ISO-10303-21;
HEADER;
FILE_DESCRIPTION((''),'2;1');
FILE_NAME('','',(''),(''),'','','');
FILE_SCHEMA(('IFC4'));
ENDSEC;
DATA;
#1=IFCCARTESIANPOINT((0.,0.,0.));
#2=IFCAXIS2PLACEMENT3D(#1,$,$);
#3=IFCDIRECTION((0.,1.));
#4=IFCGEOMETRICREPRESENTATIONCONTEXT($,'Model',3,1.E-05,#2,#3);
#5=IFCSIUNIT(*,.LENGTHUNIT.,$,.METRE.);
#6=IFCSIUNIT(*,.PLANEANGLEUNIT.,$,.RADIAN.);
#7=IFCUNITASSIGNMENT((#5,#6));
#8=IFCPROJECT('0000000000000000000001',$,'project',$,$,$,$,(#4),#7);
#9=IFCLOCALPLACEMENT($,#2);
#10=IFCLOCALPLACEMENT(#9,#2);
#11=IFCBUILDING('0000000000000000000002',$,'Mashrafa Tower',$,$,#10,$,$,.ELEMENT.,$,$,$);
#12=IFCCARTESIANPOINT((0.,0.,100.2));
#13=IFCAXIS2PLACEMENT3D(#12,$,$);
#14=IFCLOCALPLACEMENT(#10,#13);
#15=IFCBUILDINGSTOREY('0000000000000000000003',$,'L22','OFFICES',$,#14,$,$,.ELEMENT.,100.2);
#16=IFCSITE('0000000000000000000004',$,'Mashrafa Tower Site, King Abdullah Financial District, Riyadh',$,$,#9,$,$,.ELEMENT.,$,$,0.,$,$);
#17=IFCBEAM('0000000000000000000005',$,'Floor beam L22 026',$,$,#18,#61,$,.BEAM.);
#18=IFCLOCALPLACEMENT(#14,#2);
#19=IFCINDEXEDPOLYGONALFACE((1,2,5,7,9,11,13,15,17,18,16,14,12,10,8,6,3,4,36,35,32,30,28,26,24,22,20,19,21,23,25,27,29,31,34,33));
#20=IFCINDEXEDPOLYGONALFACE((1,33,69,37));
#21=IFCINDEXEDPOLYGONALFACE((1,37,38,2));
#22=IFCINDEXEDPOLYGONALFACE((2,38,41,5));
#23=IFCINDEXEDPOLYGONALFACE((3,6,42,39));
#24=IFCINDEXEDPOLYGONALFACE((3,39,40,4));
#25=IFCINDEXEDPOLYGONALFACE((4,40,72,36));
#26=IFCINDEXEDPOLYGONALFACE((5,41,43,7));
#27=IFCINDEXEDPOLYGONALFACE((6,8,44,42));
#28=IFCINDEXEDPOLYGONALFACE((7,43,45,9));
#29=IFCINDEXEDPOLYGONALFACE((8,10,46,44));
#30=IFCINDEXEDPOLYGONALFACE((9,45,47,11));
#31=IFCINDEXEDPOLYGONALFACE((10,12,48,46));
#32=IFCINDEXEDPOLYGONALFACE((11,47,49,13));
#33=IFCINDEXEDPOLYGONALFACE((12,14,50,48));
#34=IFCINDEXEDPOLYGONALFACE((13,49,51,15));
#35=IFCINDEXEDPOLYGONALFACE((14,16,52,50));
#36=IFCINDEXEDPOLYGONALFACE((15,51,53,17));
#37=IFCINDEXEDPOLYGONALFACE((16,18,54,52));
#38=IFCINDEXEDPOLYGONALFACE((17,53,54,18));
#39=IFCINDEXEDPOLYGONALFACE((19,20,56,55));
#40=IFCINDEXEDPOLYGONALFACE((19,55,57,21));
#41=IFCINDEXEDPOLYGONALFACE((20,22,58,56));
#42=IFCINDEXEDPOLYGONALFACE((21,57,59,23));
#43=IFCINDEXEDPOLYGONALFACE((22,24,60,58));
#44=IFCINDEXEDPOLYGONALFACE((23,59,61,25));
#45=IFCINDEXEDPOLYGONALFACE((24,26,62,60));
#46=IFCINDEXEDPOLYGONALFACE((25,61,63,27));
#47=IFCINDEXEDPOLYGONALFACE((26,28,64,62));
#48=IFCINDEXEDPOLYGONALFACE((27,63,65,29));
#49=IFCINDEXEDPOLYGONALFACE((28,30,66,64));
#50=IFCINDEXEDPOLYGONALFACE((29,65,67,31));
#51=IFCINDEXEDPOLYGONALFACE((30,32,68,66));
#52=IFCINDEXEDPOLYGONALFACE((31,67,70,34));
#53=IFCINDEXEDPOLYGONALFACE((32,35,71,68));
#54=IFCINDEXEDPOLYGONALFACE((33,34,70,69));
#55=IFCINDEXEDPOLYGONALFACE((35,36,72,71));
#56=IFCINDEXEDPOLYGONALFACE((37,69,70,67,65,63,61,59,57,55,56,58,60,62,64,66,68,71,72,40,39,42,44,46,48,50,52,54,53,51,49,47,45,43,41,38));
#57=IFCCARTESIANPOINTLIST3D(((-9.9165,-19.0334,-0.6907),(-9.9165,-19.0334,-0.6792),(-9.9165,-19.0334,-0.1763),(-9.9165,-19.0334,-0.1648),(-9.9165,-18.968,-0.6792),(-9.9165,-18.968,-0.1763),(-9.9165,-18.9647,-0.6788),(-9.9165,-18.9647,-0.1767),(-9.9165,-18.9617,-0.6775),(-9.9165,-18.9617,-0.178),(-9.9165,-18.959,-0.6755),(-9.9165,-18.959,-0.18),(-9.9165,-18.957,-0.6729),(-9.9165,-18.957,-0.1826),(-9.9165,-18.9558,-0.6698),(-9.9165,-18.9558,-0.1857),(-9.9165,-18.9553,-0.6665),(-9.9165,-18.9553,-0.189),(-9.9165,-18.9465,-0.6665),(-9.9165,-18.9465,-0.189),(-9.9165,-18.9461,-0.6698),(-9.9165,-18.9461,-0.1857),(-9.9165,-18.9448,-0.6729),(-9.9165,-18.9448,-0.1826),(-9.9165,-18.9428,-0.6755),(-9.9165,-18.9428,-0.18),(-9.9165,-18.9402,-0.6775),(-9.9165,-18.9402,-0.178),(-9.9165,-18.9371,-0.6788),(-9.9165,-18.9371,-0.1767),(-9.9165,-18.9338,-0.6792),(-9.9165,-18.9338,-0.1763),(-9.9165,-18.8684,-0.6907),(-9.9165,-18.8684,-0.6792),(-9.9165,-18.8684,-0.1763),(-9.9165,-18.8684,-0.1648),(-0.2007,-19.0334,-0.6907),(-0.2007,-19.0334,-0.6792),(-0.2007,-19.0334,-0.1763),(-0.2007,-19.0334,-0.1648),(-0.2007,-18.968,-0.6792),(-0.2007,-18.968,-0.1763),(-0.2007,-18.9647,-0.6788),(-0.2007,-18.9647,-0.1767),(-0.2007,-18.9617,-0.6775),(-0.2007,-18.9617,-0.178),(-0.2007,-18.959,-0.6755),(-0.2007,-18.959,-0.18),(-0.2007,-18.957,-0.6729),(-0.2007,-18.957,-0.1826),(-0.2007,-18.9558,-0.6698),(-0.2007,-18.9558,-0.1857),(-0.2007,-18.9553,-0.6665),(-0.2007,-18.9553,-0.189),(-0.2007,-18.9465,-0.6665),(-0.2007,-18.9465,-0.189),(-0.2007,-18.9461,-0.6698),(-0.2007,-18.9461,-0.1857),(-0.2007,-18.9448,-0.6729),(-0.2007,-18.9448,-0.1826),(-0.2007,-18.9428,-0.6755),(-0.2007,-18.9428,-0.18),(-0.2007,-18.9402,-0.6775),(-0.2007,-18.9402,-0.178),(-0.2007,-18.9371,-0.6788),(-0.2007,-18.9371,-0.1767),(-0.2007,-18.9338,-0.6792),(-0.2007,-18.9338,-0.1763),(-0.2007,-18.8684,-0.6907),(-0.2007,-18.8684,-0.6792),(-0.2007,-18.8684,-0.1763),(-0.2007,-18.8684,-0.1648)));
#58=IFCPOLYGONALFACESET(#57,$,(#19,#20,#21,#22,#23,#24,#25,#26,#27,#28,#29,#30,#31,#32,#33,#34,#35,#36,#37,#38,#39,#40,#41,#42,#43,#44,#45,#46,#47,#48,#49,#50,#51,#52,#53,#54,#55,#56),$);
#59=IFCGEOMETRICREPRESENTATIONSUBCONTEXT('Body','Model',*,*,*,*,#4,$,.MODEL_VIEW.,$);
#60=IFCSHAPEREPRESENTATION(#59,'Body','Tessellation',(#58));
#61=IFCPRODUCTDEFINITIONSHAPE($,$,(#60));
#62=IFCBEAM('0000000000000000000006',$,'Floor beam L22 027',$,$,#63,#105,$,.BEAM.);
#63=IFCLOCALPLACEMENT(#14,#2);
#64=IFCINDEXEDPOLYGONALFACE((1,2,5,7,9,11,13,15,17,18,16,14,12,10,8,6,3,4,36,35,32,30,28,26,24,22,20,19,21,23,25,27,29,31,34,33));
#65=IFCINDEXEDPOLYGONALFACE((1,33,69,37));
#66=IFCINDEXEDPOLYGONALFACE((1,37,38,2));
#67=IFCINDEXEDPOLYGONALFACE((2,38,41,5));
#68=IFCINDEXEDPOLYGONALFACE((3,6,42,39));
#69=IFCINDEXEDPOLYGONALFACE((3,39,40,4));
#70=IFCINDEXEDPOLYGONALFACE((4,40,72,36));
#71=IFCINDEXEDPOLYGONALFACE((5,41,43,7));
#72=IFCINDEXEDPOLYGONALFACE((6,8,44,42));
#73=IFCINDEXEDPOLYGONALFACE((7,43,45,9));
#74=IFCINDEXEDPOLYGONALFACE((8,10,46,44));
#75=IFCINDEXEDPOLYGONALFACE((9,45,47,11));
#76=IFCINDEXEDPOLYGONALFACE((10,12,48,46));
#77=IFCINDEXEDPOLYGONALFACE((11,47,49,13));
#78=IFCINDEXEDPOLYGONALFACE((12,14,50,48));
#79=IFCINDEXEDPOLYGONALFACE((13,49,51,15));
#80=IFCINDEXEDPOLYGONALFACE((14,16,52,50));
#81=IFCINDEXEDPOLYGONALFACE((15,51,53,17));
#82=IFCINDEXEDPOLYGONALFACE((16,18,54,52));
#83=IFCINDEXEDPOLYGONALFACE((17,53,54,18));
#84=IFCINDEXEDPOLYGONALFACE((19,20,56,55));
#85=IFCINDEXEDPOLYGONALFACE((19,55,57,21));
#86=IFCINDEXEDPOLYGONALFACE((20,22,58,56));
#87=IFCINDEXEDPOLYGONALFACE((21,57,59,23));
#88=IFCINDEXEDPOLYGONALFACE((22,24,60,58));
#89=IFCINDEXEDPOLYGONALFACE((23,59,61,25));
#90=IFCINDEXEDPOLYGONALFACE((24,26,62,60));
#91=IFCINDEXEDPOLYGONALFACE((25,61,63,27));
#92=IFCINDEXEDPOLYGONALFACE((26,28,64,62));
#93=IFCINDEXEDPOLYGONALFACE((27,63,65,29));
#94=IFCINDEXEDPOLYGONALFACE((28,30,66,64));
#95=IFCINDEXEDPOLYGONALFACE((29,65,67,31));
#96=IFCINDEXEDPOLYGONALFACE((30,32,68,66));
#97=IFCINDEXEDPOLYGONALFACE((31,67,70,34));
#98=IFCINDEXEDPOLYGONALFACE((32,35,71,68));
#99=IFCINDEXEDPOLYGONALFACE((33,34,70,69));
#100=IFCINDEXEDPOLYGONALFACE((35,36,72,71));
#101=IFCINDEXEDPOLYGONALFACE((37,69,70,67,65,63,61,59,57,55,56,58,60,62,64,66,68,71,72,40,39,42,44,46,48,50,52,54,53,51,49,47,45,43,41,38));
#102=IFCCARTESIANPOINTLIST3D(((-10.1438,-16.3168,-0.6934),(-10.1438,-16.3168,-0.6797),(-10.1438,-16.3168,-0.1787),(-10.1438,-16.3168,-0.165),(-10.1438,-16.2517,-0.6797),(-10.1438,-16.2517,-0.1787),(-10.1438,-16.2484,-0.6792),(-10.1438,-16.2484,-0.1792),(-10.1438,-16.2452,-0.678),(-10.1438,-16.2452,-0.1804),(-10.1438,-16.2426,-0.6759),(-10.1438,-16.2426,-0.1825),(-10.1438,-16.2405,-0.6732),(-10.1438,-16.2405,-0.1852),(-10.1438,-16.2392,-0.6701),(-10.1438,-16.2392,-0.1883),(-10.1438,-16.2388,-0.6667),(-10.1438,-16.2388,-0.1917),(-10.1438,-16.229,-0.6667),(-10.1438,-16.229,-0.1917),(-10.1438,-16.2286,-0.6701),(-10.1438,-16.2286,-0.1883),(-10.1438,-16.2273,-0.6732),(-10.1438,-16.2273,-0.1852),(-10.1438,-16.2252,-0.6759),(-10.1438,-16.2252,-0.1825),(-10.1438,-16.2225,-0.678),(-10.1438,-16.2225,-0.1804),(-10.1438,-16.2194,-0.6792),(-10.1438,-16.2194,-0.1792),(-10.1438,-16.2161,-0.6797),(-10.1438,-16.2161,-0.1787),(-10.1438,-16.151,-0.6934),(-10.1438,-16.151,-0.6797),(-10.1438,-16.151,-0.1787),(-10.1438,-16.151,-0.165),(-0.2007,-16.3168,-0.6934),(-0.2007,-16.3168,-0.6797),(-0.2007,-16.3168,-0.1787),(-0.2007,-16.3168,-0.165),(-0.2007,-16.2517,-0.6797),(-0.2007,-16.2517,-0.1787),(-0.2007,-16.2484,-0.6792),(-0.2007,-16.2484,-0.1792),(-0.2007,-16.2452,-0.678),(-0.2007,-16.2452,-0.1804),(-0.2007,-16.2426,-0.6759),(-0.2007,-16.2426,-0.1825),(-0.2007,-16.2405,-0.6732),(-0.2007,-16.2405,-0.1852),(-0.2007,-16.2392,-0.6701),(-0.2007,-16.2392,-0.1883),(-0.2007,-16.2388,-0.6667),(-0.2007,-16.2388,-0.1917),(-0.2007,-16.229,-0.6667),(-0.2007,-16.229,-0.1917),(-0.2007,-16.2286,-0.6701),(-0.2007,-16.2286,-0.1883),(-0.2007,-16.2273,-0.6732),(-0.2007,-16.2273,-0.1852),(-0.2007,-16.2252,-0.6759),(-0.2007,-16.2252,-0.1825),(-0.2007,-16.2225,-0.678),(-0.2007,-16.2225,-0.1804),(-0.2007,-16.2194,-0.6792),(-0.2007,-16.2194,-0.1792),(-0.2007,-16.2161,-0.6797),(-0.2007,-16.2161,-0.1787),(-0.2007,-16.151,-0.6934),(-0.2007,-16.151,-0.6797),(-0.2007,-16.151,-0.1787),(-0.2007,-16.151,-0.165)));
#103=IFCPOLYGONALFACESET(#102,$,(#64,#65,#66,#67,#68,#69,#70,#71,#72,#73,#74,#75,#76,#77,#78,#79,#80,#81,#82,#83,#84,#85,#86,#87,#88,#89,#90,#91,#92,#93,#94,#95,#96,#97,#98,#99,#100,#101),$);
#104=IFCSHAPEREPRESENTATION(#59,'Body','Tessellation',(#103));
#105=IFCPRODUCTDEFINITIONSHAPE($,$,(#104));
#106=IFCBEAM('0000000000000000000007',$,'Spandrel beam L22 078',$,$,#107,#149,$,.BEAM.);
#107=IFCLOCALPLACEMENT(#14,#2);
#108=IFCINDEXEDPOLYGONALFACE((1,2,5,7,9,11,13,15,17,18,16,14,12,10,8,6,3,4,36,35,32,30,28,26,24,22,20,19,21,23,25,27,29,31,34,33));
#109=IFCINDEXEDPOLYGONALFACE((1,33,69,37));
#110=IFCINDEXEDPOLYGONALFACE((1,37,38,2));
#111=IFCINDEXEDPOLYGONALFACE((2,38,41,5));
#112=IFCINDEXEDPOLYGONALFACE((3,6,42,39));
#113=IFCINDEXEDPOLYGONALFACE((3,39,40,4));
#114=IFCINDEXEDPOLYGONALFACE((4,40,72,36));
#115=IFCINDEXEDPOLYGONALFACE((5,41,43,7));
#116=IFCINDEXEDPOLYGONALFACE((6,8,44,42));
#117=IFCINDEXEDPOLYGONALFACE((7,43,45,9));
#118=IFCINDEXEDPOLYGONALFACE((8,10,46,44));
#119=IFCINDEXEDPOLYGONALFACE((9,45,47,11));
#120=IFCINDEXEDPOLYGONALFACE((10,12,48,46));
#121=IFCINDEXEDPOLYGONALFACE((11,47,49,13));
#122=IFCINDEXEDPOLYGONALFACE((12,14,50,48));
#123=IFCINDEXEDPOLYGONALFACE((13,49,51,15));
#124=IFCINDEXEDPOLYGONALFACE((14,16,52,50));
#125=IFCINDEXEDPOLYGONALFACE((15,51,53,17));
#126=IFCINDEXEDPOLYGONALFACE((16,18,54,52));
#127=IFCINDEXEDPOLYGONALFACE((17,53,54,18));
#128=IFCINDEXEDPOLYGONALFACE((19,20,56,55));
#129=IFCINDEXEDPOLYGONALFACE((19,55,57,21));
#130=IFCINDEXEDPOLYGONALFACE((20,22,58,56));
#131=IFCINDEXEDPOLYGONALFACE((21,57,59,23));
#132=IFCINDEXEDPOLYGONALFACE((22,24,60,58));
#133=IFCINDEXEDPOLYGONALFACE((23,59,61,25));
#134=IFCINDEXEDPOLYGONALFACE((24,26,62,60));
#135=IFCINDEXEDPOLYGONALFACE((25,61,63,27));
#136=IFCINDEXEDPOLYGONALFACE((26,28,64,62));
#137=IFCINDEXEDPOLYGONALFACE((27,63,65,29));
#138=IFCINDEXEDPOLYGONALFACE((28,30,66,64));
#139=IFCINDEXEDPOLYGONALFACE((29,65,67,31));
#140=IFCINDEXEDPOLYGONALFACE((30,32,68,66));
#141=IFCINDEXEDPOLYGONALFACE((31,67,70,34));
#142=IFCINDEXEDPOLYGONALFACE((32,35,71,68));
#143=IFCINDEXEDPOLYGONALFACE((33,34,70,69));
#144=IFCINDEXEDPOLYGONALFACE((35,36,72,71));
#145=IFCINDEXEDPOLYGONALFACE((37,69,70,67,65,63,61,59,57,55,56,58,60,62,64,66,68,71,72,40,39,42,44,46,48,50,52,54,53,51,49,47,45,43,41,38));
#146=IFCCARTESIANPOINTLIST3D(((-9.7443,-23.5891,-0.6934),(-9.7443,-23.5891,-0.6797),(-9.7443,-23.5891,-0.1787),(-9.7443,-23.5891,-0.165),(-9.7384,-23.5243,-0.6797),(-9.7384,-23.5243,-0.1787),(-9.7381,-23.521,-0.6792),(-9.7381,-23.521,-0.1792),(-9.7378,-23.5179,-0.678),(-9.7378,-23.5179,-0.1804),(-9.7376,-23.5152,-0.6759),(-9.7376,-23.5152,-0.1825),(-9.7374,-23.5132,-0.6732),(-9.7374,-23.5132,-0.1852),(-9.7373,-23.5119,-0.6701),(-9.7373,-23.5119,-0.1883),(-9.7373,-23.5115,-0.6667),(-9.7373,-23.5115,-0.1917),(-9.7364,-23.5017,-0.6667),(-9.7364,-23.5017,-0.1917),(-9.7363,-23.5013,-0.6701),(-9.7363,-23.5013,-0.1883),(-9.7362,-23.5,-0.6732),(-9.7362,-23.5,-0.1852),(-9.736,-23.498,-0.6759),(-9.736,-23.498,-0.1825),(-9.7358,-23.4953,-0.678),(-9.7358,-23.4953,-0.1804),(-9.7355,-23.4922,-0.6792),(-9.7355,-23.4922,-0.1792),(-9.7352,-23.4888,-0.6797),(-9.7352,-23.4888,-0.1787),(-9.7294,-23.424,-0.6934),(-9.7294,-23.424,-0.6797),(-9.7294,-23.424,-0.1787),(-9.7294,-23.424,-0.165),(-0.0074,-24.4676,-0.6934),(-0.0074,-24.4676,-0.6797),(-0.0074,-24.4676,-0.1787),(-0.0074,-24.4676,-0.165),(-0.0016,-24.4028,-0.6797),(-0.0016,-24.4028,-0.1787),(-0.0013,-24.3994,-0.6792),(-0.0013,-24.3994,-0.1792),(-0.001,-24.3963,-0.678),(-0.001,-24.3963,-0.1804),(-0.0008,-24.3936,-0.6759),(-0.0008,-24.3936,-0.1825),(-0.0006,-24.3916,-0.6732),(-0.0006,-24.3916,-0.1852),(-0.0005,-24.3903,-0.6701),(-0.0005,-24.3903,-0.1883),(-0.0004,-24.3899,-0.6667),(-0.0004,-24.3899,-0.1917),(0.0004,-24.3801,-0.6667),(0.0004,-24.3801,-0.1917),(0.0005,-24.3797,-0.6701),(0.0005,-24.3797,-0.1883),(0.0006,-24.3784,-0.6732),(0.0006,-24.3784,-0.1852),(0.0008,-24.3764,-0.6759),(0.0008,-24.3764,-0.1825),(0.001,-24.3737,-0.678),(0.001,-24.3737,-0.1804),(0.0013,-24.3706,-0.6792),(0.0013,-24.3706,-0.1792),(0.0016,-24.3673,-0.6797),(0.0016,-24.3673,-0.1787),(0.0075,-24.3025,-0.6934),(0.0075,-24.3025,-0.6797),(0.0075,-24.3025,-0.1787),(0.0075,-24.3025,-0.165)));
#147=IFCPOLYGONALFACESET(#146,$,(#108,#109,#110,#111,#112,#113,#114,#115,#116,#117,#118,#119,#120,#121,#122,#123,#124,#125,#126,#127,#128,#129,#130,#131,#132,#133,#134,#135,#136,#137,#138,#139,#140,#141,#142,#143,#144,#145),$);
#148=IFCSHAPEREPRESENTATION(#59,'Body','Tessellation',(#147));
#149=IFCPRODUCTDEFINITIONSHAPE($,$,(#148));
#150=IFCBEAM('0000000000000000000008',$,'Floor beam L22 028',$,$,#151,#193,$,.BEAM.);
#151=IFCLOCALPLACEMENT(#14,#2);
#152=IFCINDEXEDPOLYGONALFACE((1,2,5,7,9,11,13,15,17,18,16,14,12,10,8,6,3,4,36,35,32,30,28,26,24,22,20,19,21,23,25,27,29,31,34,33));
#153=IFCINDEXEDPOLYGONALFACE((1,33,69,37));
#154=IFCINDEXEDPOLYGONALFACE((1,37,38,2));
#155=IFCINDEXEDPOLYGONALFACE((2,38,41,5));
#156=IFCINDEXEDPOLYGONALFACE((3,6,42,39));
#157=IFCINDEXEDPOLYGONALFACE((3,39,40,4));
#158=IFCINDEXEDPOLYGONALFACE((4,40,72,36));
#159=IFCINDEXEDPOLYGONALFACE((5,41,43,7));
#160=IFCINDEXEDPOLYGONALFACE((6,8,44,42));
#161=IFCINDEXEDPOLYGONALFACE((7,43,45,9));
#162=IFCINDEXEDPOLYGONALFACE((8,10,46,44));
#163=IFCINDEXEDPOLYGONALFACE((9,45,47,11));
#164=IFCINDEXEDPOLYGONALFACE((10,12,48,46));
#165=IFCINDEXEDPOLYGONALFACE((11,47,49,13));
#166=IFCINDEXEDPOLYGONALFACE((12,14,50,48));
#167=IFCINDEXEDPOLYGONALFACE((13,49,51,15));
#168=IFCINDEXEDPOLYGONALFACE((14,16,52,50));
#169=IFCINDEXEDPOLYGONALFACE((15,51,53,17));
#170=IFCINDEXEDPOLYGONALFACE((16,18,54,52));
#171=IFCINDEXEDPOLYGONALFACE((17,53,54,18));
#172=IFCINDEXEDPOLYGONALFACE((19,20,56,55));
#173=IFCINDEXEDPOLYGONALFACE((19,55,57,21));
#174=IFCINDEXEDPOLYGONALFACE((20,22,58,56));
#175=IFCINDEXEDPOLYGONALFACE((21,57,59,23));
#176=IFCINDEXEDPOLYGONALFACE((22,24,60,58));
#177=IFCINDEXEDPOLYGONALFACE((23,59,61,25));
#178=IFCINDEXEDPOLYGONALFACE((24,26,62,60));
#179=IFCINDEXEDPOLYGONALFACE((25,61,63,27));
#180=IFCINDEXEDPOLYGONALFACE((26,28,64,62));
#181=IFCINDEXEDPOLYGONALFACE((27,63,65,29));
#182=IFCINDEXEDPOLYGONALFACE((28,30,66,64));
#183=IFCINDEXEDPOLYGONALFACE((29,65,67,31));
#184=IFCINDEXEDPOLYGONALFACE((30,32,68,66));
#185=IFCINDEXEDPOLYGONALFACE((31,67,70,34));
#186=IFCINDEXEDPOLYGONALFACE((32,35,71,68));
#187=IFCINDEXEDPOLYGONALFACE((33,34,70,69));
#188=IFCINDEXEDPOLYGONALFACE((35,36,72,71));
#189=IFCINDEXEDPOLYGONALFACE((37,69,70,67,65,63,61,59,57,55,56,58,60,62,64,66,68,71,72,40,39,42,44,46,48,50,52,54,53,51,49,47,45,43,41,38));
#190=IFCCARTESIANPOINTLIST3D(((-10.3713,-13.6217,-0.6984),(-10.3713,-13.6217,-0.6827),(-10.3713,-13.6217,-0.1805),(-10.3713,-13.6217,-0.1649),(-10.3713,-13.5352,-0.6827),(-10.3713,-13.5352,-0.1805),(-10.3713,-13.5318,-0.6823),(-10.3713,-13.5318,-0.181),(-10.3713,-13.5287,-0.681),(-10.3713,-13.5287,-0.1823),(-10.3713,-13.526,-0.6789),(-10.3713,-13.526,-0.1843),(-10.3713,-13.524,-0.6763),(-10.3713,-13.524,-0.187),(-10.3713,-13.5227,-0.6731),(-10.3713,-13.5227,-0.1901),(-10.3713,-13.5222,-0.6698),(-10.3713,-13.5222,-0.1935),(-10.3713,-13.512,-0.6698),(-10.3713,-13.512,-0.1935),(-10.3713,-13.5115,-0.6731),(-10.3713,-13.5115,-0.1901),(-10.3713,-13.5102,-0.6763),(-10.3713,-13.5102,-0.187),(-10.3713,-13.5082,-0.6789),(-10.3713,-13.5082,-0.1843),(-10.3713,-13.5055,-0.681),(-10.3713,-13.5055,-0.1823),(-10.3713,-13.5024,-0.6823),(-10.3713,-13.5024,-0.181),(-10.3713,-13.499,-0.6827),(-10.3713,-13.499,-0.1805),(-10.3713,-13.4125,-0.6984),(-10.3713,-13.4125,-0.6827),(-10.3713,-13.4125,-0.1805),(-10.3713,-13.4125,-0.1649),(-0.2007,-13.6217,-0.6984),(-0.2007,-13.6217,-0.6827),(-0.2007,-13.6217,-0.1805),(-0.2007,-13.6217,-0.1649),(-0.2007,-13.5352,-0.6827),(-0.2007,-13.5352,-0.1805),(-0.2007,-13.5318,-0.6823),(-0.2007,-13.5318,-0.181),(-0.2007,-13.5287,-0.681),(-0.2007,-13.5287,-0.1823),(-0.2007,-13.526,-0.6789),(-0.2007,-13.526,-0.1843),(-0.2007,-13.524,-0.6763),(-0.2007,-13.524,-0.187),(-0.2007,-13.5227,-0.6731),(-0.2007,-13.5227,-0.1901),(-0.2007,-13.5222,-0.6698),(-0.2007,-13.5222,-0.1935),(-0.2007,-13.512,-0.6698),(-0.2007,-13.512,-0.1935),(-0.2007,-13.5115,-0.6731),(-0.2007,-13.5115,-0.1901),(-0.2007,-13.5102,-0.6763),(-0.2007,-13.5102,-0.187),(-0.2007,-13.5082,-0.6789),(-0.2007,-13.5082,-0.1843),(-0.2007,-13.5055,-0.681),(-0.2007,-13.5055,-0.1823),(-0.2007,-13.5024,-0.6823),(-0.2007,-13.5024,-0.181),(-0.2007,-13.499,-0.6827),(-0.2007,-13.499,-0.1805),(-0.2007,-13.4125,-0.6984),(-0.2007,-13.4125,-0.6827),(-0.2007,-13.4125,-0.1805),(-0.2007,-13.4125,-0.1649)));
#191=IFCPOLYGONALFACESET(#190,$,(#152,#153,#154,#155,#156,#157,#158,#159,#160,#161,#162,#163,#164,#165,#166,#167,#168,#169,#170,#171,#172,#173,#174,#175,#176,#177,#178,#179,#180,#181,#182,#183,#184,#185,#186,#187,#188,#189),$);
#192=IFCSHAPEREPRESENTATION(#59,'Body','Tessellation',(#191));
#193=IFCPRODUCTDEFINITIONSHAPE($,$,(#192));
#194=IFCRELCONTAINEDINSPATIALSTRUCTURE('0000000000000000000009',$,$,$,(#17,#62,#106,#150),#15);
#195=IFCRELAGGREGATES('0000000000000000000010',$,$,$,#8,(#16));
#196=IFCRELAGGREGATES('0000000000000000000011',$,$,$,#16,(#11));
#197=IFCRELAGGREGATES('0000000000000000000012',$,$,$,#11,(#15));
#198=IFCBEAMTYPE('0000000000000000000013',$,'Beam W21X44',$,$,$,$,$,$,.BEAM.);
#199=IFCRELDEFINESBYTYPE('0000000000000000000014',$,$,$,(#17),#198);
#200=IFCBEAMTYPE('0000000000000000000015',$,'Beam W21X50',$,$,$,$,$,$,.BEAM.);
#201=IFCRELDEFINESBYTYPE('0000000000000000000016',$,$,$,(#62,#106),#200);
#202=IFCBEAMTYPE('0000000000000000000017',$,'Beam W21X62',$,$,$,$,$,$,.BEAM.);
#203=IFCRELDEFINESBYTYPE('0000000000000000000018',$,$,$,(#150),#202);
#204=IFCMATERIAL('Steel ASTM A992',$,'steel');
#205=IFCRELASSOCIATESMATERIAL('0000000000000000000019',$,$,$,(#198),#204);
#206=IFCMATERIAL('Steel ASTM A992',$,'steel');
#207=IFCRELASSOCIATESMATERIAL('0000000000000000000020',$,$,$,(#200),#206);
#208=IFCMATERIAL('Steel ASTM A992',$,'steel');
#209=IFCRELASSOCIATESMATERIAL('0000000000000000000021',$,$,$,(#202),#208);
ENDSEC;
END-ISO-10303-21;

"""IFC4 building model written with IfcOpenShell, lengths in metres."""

from ifc_helpers import new_model, si_unit, direction, frame, origin, origin_2d, place, context, subcontext, project, spatial, i_section, extrude, material, material_profile, profile_set, type_object, element, save


model = new_model("IFC4")

# Units and contexts
model_context = context("Model", 3, precision=1e-05, world=origin(), true_north=direction((0.0, 1.0)))
body_context = subcontext(model_context, "Body", "Model", "MODEL_VIEW")
ifc_project = project(units=[si_unit("LENGTHUNIT", "METRE"), si_unit("PLANEANGLEUNIT", "RADIAN")], contexts=[model_context])

# Site, building, storey
site_placement = place(None, origin())
site = spatial("IfcSite", under=ifc_project, at=site_placement, Name="Mashrafa Tower Site, King Abdullah Financial District, Riyadh", CompositionType="ELEMENT", RefElevation=0.0)
building_placement = place(site_placement, origin())
building = spatial("IfcBuilding", under=site, at=building_placement, Name="Mashrafa Tower", CompositionType="ELEMENT")
storey_placement = place(building_placement, frame((0.0, 0.0, 100.2)))
storey = spatial("IfcBuildingStorey", under=building, at=storey_placement, Name="L22", Description="OFFICES", CompositionType="ELEMENT", Elevation=100.2)

# Beams
ifc_material_1 = material(Name="Steel ASTM A992", Category="steel")
ifc_material_profile_1 = material_profile(ifc_material_1, i_section(OverallWidth=0.165, OverallDepth=0.5259, WebThickness=0.0088, FlangeThickness=0.0115, FilletRadius=0.0127, at=origin_2d()), Name="W21X44")
ifc_profile_set_1 = profile_set([ifc_material_profile_1], Name="Steel ASTM A992")
beam_type_1 = type_object("IfcBeamType", Name="Beam W21X44", PredefinedType="BEAM", material=ifc_profile_set_1)
beam_1_placement = place(storey_placement, frame((-0.2007, -18.9509, -0.4277), z_axis=(-1.0, 0.0, 0.0), x_axis=(0.0, -1.0, 0.0)))
element("IfcBeam", 1, at=beam_1_placement, inside=storey, type_object=beam_type_1, Name="Floor beam L22 026", PredefinedType="BEAM", context=body_context, shape_type="SweptSolid", body=[
    extrude(i_section(OverallWidth=0.165, OverallDepth=0.5259, WebThickness=0.0088, FlangeThickness=0.0115, FilletRadius=0.0127, at=origin_2d()), origin(), (0.0, 0.0, 1.0), 9.7158),
])
ifc_material_2 = material(Name="Steel ASTM A992", Category="steel")
ifc_material_profile_2 = material_profile(ifc_material_2, i_section(OverallWidth=0.1658, OverallDepth=0.5283, WebThickness=0.0098, FlangeThickness=0.0137, FilletRadius=0.0129, at=origin_2d()), Name="W21X50")
ifc_profile_set_2 = profile_set([ifc_material_profile_2], Name="Steel ASTM A992")
beam_type_2 = type_object("IfcBeamType", Name="Beam W21X50", PredefinedType="BEAM", material=ifc_profile_set_2)
beam_2_placement = place(storey_placement, frame((-0.2007, -16.2339, -0.4292), z_axis=(-1.0, 0.0, 0.0), x_axis=(0.0, -1.0, 0.0)))
element("IfcBeam", 2, at=beam_2_placement, inside=storey, type_object=beam_type_2, Name="Floor beam L22 027", PredefinedType="BEAM", context=body_context, shape_type="SweptSolid", body=[
    extrude(i_section(OverallWidth=0.1658, OverallDepth=0.5283, WebThickness=0.0098, FlangeThickness=0.0137, FilletRadius=0.0129, at=origin_2d()), origin(), (0.0, 0.0, 1.0), 9.9431),
])
beam_3_placement = place(storey_placement, frame((-9.7368, -23.5066, -0.4292), z_axis=(0.995955, -0.089851, 0.0), x_axis=(0.089851, 0.995955, 0.0)))
element("IfcBeam", 3, at=beam_3_placement, inside=storey, type_object=beam_type_2, Name="Spandrel beam L22 078", PredefinedType="BEAM", context=body_context, shape_type="SweptSolid", body=[
    extrude(i_section(OverallWidth=0.1658, OverallDepth=0.5283, WebThickness=0.0098, FlangeThickness=0.0137, FilletRadius=0.0129, at=origin_2d()), origin(), (0.0, 0.0, 1.0), 9.7764),
])
ifc_material_3 = material(Name="Steel ASTM A992", Category="steel")
ifc_material_profile_3 = material_profile(ifc_material_3, i_section(OverallWidth=0.2092, OverallDepth=0.5334, WebThickness=0.0103, FlangeThickness=0.0156, FilletRadius=0.0129, at=origin_2d()), Name="W21X62")
ifc_profile_set_3 = profile_set([ifc_material_profile_3], Name="Steel ASTM A992")
beam_type_3 = type_object("IfcBeamType", Name="Beam W21X62", PredefinedType="BEAM", material=ifc_profile_set_3)
beam_4_placement = place(storey_placement, frame((-0.2007, -13.5171, -0.4316), z_axis=(-1.0, 0.0, 0.0), x_axis=(0.0, -1.0, 0.0)))
element("IfcBeam", 4, at=beam_4_placement, inside=storey, type_object=beam_type_3, Name="Floor beam L22 028", PredefinedType="BEAM", context=body_context, shape_type="SweptSolid", body=[
    extrude(i_section(OverallWidth=0.2092, OverallDepth=0.5334, WebThickness=0.0103, FlangeThickness=0.0156, FilletRadius=0.0129, at=origin_2d()), origin(), (0.0, 0.0, 1.0), 10.1707),
])

save(model, "model.ifc")
